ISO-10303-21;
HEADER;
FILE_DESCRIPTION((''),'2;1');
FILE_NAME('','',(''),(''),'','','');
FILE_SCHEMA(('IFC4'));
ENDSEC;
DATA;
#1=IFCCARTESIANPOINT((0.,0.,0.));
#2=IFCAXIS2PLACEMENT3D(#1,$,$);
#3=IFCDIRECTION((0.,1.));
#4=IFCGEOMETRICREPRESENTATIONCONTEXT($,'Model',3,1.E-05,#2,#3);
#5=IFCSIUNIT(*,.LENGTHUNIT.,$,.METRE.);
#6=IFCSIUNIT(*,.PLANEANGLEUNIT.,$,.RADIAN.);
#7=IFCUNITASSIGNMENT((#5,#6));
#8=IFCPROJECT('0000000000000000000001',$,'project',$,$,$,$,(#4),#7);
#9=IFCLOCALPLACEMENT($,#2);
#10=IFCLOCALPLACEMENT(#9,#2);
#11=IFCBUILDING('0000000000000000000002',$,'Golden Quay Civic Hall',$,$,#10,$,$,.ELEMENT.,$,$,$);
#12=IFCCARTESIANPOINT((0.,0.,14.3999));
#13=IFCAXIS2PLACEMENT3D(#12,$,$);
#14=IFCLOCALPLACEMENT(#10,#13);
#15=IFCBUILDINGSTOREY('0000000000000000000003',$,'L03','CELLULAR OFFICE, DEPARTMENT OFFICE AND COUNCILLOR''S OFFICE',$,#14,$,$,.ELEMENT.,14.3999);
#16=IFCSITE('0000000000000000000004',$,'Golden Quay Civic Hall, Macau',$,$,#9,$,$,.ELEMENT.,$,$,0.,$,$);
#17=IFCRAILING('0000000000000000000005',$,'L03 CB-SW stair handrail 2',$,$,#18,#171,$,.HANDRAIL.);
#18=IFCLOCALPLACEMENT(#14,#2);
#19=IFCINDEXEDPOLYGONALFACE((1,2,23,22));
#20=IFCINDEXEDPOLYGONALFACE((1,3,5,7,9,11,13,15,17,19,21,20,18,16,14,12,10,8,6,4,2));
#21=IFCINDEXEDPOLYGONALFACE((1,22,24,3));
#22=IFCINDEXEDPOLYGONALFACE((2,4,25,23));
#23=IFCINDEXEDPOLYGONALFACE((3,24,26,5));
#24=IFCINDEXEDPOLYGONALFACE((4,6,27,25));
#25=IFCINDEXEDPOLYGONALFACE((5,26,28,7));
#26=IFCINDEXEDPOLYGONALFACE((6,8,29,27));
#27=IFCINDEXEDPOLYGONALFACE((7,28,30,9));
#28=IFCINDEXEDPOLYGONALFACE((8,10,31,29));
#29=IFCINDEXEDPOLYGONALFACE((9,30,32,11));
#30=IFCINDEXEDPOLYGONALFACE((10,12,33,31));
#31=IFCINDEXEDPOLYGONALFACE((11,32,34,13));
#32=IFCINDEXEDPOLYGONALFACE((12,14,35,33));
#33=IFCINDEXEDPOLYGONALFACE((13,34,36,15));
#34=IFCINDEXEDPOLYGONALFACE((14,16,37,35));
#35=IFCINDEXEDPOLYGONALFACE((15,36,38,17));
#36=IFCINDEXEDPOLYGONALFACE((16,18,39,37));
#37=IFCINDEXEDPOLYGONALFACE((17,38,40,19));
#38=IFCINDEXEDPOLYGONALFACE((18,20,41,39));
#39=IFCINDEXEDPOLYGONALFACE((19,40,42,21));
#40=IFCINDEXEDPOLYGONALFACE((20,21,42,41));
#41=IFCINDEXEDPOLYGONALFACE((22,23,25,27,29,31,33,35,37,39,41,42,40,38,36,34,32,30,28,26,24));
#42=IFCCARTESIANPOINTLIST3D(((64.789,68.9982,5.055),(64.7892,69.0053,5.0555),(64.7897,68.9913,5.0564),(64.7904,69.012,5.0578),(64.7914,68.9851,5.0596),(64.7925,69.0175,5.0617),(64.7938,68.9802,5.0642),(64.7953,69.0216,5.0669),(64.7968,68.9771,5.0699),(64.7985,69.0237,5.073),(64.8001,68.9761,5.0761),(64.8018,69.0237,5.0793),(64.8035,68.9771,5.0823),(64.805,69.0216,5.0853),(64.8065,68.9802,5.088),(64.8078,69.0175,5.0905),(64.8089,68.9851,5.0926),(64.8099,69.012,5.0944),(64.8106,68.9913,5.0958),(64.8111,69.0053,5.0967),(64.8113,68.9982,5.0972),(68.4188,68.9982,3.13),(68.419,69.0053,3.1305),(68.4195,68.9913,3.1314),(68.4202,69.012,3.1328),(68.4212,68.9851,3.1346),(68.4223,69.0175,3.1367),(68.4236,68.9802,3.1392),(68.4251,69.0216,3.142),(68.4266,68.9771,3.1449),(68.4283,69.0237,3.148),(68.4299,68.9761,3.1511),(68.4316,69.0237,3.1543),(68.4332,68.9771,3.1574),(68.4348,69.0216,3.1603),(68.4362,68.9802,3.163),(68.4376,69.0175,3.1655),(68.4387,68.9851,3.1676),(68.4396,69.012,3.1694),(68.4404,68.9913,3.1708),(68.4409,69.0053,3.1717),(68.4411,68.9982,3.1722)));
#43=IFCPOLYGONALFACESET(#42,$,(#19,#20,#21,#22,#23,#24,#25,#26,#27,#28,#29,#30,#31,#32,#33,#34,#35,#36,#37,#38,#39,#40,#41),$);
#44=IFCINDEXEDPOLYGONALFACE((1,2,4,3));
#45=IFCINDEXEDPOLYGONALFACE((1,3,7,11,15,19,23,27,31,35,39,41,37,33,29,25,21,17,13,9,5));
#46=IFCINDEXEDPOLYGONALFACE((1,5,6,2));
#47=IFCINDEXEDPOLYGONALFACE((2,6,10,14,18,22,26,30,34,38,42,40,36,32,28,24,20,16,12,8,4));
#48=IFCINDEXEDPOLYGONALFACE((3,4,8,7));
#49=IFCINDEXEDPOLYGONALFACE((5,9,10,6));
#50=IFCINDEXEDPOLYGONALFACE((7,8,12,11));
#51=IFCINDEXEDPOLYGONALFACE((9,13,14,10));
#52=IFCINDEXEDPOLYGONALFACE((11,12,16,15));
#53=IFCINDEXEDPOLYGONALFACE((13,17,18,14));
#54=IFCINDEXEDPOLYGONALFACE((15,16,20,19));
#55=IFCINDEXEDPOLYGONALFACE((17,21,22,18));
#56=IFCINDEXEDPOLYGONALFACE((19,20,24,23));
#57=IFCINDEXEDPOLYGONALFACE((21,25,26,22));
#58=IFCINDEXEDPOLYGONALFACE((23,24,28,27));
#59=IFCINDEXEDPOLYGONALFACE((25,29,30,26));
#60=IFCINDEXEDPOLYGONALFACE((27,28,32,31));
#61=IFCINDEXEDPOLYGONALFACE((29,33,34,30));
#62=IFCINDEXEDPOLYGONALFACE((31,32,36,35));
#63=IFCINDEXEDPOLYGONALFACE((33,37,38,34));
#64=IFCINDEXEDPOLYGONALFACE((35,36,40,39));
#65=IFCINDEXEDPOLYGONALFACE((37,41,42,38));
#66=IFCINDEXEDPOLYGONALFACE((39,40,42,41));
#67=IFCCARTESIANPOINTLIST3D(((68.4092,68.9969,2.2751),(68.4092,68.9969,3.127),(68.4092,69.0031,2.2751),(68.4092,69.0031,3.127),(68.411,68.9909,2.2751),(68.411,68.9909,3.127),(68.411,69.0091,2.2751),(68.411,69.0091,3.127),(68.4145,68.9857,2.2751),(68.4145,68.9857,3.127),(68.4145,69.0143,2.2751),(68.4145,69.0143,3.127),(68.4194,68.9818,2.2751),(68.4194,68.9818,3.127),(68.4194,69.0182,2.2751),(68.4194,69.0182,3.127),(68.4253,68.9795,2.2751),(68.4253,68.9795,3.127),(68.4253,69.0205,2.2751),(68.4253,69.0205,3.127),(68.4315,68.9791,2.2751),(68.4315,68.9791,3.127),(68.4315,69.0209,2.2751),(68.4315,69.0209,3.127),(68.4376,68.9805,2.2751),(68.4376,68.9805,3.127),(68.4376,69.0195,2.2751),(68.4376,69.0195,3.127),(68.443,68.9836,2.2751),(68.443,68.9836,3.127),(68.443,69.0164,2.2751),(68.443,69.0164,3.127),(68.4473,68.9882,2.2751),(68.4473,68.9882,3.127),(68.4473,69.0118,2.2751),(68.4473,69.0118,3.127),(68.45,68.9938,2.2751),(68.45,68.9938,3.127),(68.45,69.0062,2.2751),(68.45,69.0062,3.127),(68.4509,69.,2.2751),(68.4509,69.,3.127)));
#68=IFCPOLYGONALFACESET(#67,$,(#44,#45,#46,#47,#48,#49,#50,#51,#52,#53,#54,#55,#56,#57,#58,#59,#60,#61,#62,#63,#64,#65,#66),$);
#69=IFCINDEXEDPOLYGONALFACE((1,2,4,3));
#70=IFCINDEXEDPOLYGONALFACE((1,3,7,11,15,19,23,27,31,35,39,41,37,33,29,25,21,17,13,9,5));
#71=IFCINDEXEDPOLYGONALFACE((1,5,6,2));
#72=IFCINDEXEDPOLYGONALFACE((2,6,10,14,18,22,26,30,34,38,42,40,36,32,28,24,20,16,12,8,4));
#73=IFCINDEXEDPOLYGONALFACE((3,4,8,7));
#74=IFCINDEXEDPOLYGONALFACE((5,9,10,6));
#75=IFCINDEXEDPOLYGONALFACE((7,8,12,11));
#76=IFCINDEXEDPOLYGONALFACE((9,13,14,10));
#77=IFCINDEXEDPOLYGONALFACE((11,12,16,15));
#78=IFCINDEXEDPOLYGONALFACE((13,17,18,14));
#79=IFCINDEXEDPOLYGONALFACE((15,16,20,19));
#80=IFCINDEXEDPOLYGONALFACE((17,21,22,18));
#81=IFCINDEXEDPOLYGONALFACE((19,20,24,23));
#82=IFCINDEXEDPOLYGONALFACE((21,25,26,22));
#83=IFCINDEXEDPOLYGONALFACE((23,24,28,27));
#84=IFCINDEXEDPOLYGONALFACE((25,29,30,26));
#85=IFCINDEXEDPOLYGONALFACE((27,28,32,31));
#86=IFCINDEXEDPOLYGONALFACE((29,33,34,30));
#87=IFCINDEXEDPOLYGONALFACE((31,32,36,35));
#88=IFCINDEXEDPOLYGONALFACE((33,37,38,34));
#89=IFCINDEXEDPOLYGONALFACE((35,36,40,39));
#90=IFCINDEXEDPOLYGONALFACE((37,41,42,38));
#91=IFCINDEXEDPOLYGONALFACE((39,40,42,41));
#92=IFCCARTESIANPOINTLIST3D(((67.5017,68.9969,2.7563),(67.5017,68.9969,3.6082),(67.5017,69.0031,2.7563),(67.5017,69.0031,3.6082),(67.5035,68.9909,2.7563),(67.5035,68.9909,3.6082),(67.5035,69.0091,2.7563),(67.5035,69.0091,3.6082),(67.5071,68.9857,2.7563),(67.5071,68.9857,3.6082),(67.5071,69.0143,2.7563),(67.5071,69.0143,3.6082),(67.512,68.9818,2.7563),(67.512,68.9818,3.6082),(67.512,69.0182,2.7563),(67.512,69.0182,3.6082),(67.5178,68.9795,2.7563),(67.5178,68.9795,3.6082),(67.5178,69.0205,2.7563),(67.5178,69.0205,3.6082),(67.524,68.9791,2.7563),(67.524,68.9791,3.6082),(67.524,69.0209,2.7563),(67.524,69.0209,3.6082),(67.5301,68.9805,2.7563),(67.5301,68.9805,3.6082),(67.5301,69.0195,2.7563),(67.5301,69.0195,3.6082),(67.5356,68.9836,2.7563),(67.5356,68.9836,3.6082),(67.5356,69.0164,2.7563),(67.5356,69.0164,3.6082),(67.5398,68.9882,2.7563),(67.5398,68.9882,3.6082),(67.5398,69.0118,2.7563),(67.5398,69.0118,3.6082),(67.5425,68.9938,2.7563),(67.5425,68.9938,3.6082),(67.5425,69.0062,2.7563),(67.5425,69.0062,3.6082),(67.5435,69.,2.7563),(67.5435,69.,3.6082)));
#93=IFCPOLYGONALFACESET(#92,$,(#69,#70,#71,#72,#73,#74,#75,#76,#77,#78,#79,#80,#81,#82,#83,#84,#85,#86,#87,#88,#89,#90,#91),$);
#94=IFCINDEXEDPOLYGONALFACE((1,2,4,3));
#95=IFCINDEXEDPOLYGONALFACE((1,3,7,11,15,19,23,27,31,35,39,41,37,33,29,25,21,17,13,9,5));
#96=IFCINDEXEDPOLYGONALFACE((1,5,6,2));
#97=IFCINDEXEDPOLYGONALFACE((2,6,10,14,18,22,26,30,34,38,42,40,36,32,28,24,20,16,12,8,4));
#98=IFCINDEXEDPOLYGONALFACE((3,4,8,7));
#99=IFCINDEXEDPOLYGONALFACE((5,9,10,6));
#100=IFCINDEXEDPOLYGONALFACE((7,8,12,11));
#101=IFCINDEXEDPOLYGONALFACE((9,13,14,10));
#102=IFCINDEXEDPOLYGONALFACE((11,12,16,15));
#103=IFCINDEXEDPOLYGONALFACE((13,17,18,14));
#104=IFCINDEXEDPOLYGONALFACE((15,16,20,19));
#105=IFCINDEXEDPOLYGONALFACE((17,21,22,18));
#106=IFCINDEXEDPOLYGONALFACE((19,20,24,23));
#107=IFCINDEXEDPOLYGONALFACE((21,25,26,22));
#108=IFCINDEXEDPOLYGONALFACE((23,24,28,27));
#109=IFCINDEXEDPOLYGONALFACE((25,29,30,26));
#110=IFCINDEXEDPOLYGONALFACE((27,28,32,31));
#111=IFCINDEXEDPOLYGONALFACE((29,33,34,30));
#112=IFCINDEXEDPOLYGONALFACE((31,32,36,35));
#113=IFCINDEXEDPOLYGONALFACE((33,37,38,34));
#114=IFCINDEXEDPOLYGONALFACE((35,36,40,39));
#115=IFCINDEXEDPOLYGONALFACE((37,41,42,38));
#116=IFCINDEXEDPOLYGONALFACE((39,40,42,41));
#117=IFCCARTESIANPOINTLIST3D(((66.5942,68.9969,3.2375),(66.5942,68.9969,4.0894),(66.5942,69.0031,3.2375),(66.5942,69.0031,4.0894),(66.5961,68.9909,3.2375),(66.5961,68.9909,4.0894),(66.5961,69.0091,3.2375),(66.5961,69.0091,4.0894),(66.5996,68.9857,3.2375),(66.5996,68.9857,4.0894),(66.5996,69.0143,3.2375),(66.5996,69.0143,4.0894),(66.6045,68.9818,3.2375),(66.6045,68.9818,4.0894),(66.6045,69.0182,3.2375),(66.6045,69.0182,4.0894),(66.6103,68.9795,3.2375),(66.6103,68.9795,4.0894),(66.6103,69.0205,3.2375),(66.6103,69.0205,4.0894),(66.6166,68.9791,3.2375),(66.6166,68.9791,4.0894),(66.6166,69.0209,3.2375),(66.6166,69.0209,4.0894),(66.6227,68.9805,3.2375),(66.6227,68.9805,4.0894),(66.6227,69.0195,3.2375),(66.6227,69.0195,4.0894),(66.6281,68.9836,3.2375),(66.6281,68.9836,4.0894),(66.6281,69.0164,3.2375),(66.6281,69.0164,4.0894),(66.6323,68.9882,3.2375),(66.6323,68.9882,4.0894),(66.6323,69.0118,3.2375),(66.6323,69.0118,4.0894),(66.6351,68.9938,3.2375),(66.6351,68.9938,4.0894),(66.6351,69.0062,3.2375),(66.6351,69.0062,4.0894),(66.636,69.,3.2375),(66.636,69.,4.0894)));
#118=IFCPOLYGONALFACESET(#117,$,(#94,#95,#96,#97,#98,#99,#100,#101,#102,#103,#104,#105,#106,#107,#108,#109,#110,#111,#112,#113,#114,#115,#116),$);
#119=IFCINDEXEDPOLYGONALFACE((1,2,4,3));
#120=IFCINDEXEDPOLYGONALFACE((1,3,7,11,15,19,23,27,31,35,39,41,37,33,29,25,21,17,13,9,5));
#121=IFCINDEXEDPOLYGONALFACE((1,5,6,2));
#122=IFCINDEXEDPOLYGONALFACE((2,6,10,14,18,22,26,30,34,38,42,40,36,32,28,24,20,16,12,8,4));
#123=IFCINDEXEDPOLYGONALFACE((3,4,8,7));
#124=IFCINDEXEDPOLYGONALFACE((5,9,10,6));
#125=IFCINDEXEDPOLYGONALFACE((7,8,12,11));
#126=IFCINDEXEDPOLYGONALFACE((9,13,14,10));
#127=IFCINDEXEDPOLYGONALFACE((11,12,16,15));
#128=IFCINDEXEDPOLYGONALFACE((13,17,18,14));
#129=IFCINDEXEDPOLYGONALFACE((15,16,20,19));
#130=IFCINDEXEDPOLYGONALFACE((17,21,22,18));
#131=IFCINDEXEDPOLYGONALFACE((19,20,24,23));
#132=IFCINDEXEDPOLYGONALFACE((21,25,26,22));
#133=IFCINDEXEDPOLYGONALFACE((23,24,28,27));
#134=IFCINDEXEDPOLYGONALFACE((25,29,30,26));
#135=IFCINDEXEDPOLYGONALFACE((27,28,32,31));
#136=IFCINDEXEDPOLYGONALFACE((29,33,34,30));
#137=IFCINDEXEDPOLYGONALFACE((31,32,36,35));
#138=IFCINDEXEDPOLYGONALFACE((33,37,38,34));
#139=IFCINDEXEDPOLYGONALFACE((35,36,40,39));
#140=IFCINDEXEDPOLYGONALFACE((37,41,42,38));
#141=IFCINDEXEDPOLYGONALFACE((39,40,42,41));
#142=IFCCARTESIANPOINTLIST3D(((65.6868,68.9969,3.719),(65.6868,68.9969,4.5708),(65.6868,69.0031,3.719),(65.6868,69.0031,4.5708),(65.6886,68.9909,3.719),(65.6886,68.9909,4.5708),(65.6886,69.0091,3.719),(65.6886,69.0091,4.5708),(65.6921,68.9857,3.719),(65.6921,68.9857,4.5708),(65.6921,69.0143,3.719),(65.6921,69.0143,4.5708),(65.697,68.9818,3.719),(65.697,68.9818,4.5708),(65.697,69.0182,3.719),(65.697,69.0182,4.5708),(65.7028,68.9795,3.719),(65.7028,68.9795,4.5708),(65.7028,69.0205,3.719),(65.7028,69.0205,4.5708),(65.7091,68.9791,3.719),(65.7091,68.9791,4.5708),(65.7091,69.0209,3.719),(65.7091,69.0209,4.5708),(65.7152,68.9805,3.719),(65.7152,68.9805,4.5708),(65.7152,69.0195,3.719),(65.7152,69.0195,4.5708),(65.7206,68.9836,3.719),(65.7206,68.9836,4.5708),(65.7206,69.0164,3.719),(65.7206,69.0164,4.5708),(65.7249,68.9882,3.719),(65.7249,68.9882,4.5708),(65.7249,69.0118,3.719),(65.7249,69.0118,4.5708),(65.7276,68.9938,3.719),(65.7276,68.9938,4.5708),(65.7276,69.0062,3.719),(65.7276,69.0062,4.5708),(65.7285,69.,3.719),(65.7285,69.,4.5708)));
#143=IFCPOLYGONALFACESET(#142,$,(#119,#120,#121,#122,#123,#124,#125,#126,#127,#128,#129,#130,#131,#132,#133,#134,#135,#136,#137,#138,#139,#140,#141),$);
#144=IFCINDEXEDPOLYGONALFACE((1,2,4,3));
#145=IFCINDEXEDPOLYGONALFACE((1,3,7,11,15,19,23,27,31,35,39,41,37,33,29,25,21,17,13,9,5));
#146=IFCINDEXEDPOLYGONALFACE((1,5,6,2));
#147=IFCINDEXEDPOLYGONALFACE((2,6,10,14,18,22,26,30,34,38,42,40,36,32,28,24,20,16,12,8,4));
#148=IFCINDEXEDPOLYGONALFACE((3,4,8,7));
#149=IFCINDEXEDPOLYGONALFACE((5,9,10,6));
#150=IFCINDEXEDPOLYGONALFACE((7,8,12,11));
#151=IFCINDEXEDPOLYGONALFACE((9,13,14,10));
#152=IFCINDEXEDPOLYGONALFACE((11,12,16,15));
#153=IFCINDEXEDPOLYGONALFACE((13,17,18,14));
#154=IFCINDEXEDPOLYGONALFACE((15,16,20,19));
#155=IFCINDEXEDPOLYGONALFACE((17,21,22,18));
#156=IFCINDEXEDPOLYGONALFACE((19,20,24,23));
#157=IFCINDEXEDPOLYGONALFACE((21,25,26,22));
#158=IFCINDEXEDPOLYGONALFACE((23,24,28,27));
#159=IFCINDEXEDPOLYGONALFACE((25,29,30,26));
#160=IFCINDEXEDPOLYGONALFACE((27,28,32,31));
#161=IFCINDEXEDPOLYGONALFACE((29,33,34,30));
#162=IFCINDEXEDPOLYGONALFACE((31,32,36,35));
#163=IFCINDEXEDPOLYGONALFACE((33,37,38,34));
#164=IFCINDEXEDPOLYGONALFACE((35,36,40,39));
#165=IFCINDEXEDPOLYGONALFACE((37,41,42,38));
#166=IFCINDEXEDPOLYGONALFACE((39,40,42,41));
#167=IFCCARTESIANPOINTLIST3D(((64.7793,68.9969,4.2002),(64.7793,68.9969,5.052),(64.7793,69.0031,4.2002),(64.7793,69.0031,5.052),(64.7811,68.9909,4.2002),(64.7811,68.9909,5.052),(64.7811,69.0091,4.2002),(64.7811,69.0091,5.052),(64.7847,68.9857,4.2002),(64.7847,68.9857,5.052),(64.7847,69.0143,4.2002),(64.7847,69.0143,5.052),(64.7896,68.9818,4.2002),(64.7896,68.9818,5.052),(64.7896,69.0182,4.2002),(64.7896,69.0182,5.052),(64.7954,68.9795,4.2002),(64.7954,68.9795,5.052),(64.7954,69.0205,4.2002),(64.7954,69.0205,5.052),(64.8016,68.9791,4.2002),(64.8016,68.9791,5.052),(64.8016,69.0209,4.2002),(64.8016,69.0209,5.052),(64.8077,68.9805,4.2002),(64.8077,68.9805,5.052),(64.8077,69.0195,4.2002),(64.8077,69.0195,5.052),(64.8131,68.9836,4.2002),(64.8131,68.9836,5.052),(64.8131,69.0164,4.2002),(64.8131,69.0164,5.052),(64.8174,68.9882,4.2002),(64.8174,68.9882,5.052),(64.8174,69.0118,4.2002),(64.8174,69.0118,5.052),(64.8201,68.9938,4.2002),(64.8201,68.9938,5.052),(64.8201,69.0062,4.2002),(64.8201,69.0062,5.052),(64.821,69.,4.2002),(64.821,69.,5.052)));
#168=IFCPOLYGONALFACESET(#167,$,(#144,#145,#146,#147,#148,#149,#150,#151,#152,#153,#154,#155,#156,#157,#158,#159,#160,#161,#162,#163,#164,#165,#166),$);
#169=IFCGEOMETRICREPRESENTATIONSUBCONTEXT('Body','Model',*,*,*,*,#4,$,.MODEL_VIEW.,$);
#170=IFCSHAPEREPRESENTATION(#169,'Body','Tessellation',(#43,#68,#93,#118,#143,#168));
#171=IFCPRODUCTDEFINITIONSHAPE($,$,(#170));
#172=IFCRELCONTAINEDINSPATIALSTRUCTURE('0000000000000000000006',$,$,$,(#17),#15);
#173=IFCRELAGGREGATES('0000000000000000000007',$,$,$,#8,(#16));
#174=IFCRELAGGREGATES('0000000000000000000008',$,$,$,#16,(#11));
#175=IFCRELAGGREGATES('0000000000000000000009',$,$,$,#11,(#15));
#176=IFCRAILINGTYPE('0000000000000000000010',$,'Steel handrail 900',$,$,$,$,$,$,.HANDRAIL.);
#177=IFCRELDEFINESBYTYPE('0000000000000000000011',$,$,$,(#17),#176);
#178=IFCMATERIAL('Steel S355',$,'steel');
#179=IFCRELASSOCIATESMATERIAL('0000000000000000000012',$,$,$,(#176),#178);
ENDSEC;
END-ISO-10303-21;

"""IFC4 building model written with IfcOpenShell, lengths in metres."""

from ifc_helpers import new_model, si_unit, direction, frame, origin, origin_2d, place, context, subcontext, project, spatial, circle, extrude, material, type_object, element, save


model = new_model("IFC4")

# Units and contexts
model_context = context("Model", 3, precision=1e-05, world=origin(), true_north=direction((0.0, 1.0)))
body_context = subcontext(model_context, "Body", "Model", "MODEL_VIEW")
ifc_project = project(units=[si_unit("LENGTHUNIT", "METRE"), si_unit("PLANEANGLEUNIT", "RADIAN")], contexts=[model_context])

# Site, building, storey
site_placement = place(None, origin())
site = spatial("IfcSite", under=ifc_project, at=site_placement, Name="Golden Quay Civic Hall, Macau", CompositionType="ELEMENT", RefElevation=0.0)
building_placement = place(site_placement, origin())
building = spatial("IfcBuilding", under=site, at=building_placement, Name="Golden Quay Civic Hall", CompositionType="ELEMENT")
storey_placement = place(building_placement, frame((0.0, 0.0, 14.3999)))
storey = spatial("IfcBuildingStorey", under=building, at=storey_placement, Name="L03", Description="CELLULAR OFFICE, DEPARTMENT OFFICE AND COUNCILLOR'S OFFICE", CompositionType="ELEMENT", Elevation=14.3999)

# Railing
ifc_material_1 = material(Name="Steel S355", Category="steel")
railing_type_1 = type_object("IfcRailingType", Name="Steel handrail 900", PredefinedType="HANDRAIL", material=ifc_material_1)
railing_1_placement = place(storey_placement, frame((68.4299, 69.0, 2.2751)))
element("IfcRailing", 1, at=railing_1_placement, inside=storey, type_object=railing_type_1, Name="L03 CB-SW stair handrail 2", PredefinedType="HANDRAIL", context=body_context, shape_type="SweptSolid", body=[
    extrude(circle(Radius=0.0239, at=origin_2d()), frame((0.0, 0.0, 0.876), z_axis=(-0.883451, 0.0, 0.468524), x_axis=(0.0, -1.0, 0.0)), (0.0, 0.0, 1.0), 4.1086),
    extrude(circle(Radius=0.021, at=origin_2d()), origin(), (0.0, 0.0, 1.0), 0.8518),
    extrude(circle(Radius=0.021, at=origin_2d()), frame((-0.9075, 0.0, 0.4812)), (0.0, 0.0, 1.0), 0.8518),
    extrude(circle(Radius=0.021, at=origin_2d()), frame((-1.8149, 0.0, 0.9624)), (0.0, 0.0, 1.0), 0.8518),
    extrude(circle(Radius=0.021, at=origin_2d()), frame((-2.7224, 0.0, 1.4438)), (0.0, 0.0, 1.0), 0.8518),
    extrude(circle(Radius=0.021, at=origin_2d()), frame((-3.6299, 0.0, 1.925)), (0.0, 0.0, 1.0), 0.8518),
])

save(model, "model.ifc")
